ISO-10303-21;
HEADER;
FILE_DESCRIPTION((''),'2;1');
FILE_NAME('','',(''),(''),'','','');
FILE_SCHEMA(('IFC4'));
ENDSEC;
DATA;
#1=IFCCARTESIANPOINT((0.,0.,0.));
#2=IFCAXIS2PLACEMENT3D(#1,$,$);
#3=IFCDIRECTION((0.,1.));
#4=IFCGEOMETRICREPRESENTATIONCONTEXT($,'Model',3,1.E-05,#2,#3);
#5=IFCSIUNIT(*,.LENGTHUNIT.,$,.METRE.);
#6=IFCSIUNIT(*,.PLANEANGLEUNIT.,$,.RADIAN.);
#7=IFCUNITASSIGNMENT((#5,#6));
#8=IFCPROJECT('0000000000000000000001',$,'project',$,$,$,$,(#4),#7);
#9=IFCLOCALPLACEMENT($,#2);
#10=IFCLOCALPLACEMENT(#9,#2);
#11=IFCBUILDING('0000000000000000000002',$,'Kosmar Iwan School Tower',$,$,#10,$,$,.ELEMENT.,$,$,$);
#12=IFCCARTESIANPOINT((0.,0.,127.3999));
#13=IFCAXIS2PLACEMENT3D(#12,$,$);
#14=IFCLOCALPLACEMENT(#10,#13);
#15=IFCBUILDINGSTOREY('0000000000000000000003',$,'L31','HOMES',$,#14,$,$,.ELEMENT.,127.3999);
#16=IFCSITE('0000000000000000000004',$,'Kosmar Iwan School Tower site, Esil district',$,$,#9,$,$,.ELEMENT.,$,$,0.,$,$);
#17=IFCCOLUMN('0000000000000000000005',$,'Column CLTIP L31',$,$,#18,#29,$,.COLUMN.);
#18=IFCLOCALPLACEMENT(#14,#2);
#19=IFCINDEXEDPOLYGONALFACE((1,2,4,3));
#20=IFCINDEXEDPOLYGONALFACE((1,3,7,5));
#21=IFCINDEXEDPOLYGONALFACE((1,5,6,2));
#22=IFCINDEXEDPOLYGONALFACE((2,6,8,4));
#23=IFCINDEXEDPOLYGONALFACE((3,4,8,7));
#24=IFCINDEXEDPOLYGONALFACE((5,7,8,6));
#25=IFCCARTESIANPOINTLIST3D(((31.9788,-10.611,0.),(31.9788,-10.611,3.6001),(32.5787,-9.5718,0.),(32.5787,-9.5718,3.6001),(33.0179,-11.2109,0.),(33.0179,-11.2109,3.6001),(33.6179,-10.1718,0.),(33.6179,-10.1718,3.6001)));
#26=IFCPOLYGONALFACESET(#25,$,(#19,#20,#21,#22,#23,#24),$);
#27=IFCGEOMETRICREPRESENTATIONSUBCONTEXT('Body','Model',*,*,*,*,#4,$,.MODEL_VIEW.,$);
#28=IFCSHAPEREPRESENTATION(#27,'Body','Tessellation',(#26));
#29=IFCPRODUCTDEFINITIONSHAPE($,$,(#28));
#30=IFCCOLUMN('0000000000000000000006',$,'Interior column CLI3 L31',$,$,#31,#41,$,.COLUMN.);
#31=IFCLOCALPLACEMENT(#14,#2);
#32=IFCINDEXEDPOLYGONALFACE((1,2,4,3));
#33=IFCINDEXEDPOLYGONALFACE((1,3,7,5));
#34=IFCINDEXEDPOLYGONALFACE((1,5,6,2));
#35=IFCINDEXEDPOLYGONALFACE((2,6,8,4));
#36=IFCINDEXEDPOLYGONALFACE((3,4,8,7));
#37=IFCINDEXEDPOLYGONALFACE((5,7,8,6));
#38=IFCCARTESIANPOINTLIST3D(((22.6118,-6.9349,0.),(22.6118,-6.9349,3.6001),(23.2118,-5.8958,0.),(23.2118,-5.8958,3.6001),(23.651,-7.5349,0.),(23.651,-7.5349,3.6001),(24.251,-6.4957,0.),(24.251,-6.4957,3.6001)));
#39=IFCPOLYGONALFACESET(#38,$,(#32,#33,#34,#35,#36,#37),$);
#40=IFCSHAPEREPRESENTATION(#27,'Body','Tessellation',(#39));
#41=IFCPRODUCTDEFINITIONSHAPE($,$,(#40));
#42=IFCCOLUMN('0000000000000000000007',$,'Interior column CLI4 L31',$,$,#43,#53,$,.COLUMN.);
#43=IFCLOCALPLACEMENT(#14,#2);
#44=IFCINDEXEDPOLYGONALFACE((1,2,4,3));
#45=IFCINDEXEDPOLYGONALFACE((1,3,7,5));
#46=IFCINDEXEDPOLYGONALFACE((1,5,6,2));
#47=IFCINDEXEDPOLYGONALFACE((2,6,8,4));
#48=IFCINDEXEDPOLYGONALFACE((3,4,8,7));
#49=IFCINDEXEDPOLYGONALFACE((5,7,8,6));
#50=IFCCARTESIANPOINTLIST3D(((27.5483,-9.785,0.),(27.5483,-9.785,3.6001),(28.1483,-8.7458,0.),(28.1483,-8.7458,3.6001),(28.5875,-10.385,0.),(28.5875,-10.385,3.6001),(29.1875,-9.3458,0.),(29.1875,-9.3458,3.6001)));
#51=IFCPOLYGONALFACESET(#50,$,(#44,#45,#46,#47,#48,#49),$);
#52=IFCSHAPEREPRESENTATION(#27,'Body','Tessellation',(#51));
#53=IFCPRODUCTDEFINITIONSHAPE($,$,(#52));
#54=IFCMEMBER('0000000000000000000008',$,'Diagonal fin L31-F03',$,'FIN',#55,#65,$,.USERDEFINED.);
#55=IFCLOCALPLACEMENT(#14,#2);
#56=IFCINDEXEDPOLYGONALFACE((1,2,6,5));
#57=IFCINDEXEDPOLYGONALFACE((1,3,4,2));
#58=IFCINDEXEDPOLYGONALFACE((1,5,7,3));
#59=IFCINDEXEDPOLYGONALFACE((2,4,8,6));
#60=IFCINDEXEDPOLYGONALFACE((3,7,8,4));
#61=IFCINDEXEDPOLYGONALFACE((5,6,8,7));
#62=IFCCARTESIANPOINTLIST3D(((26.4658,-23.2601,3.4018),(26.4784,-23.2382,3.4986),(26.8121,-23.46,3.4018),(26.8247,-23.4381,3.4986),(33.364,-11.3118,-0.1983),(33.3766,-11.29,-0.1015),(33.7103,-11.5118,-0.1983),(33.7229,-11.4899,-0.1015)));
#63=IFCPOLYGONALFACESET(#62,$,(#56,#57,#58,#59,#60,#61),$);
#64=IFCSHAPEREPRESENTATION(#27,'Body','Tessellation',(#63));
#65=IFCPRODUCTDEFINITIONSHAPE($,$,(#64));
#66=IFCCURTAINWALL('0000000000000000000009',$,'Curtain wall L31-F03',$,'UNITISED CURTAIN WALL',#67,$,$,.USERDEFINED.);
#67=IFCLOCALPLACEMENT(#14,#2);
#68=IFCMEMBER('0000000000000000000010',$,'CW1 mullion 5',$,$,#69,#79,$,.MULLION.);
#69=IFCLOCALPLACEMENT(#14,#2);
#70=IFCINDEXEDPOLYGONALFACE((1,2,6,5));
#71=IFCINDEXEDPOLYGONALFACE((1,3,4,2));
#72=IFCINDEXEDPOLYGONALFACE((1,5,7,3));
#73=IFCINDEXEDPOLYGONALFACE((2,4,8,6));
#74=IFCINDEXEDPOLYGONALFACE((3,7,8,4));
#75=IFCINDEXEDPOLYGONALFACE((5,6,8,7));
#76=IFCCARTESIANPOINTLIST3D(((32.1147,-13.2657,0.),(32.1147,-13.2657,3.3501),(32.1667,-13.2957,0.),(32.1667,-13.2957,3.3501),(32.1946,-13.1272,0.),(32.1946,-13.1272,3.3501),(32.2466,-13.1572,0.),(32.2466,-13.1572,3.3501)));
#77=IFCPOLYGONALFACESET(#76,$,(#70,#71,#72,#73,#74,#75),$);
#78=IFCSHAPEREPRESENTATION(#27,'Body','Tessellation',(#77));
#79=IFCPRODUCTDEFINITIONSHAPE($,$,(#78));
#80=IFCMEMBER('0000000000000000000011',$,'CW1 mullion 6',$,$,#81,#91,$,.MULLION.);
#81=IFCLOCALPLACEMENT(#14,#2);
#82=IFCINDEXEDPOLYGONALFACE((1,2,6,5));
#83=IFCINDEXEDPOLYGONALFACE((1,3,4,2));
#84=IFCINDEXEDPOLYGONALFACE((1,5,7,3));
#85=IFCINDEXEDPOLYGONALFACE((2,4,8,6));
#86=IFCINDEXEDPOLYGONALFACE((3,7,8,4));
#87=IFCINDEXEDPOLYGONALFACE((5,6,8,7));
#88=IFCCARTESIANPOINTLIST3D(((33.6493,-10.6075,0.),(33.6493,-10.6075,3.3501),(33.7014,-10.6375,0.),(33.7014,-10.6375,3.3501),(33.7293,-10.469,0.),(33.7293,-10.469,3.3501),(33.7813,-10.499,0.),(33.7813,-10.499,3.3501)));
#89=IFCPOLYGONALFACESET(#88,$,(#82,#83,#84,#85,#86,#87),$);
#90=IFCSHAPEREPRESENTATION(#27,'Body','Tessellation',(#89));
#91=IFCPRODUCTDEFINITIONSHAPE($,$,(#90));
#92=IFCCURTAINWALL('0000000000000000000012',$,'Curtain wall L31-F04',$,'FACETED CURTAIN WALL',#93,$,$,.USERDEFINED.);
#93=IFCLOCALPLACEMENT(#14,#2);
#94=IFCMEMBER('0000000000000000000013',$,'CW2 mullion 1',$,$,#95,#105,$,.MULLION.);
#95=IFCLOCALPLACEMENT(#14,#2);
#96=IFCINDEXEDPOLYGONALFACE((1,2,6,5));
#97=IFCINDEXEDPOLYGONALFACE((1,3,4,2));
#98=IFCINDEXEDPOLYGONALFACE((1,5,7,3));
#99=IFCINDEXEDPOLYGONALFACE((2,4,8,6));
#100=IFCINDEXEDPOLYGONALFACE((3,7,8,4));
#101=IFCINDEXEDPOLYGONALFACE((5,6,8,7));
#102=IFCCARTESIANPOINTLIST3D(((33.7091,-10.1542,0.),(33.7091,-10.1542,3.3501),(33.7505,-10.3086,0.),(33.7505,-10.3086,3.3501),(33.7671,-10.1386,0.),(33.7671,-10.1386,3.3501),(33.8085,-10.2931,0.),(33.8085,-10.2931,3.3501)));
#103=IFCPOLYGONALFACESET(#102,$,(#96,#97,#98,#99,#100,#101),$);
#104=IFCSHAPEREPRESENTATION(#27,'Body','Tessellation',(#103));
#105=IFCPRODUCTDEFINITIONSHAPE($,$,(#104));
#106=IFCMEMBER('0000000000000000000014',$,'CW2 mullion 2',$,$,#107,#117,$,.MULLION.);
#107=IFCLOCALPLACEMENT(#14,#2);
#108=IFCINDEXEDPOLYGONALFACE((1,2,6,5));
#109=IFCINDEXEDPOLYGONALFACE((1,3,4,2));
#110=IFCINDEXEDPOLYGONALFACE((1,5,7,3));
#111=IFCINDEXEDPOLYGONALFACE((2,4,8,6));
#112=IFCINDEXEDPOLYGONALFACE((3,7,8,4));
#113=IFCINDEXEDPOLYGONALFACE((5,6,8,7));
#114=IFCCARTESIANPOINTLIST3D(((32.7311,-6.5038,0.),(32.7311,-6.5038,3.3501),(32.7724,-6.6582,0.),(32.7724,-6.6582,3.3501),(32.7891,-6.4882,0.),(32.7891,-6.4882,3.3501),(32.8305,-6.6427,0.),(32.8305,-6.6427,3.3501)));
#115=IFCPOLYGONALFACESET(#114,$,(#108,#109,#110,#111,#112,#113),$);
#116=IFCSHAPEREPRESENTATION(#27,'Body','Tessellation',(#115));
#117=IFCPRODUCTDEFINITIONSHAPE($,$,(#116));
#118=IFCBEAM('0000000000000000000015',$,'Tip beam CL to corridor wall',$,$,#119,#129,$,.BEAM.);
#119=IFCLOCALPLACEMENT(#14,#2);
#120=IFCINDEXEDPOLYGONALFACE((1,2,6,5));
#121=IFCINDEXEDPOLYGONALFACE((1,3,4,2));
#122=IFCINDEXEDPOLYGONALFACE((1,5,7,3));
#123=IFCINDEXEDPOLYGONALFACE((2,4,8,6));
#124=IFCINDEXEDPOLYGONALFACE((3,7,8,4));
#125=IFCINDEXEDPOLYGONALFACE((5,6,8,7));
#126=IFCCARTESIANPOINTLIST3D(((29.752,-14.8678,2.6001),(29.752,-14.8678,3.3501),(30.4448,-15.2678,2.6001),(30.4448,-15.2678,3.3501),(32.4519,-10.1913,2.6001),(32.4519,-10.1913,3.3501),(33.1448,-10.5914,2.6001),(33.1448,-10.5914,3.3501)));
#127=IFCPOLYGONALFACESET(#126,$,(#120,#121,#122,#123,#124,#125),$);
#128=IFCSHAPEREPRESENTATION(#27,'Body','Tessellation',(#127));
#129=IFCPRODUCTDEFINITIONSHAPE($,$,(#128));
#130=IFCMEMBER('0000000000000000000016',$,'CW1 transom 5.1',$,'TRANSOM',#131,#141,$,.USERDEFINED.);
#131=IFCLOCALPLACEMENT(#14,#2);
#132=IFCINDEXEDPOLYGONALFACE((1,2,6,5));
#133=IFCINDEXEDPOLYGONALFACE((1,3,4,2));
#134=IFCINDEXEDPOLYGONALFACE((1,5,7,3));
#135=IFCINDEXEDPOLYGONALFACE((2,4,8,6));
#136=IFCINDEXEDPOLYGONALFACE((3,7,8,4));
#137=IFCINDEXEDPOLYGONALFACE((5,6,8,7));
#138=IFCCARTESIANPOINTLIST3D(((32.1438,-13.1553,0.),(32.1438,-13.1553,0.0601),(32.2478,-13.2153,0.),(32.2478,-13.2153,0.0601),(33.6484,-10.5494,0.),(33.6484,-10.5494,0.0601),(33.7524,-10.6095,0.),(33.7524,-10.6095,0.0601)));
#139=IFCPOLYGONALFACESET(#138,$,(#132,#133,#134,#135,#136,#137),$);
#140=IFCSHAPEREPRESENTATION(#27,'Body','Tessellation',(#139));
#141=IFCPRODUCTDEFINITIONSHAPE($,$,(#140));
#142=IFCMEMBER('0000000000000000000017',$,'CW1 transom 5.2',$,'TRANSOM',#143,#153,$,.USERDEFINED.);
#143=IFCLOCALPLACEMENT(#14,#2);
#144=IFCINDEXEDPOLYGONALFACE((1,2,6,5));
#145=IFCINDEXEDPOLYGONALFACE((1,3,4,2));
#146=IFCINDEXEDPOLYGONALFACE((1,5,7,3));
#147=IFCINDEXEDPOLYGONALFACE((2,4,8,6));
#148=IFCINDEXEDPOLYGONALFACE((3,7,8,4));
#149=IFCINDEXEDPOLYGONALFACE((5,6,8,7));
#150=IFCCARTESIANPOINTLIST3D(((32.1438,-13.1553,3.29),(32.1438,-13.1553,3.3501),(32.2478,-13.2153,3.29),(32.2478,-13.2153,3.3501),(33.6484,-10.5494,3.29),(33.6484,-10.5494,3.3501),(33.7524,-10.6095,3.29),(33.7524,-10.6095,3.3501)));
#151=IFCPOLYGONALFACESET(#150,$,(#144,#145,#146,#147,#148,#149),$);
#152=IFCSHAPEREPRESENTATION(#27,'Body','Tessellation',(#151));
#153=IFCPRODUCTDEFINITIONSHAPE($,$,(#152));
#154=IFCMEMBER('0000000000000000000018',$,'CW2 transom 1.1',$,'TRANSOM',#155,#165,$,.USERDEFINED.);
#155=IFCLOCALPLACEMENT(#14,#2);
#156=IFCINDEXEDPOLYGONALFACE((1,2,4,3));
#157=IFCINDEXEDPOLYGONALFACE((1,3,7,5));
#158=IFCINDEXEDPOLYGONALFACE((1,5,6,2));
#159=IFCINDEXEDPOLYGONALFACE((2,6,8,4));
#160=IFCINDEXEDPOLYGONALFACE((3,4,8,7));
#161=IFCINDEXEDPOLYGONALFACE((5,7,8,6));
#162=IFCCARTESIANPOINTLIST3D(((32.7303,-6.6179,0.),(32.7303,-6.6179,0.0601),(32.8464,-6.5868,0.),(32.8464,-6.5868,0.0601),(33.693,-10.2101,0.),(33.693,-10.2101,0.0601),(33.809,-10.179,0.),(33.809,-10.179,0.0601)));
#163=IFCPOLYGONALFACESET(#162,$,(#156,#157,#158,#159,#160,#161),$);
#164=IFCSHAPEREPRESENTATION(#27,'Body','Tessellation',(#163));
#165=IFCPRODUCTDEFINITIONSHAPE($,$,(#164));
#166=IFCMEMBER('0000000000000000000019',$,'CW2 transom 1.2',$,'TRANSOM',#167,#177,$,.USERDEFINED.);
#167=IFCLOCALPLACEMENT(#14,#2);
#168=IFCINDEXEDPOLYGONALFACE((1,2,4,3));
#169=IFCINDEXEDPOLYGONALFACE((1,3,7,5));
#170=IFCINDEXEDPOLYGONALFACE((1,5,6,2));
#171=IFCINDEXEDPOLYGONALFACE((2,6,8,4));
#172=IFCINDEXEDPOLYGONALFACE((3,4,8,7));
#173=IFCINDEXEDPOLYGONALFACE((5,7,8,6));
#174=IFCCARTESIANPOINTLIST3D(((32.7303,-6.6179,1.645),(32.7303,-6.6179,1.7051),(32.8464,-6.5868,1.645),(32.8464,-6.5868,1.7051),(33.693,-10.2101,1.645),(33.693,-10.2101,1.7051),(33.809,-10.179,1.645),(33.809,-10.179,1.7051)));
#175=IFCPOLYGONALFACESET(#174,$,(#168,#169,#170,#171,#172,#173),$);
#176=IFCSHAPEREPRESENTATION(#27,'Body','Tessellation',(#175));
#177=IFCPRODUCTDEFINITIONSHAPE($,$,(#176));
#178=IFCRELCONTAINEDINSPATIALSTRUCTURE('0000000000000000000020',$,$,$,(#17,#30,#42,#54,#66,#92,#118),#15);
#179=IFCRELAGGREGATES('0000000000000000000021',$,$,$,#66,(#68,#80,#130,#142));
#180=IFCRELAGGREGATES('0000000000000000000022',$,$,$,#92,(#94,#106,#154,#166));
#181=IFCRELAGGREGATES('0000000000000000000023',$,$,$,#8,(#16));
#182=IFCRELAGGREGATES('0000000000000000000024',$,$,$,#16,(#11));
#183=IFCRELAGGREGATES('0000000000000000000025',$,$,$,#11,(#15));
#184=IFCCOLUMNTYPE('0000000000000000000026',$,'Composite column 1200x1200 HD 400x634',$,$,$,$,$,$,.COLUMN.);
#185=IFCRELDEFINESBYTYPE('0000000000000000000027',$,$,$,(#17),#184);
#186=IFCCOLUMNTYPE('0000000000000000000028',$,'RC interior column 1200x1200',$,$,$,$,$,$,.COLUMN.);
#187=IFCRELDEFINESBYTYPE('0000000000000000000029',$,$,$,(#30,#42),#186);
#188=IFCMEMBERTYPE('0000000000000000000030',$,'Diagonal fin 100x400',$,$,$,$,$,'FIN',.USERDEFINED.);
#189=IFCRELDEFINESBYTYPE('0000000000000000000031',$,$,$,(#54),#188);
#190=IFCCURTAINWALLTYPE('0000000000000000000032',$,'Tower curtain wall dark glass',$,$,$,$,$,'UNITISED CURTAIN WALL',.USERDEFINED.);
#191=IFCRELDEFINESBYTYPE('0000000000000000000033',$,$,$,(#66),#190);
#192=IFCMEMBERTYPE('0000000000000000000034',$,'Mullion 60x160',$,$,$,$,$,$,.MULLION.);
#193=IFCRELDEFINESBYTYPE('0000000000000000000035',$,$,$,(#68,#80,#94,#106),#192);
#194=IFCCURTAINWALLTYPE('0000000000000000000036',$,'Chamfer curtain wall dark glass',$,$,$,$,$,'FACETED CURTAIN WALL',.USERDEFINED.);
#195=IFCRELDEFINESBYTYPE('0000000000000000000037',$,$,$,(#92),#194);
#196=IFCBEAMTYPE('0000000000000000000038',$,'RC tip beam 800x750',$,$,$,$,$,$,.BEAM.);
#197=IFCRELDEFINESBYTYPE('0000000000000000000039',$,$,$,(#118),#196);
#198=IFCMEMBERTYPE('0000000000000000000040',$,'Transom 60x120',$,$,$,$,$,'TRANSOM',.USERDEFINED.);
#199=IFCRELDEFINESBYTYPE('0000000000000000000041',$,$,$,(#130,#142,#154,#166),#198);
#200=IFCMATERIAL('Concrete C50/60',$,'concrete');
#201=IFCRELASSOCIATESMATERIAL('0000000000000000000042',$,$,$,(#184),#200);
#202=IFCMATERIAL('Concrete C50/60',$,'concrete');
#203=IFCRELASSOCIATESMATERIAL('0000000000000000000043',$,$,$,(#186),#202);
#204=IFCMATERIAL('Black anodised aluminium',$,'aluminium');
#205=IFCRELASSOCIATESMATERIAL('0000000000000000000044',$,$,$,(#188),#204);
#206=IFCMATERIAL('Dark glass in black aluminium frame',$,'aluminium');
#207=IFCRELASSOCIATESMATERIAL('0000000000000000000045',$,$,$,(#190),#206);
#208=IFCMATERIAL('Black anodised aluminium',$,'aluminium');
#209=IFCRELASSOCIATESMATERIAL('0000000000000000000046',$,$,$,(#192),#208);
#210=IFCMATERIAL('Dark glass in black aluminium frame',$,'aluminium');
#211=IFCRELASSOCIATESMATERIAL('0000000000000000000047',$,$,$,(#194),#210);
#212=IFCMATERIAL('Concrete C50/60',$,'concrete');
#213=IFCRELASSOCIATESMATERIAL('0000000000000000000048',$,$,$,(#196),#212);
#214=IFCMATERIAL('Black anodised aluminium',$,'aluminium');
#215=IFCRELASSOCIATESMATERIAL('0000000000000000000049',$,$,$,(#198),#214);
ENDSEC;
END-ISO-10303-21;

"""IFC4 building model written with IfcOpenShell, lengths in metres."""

from ifc_helpers import new_model, si_unit, direction, frame, origin, origin_2d, place, context, subcontext, project, spatial, rectangle, extrude, material, material_profile, profile_set, type_object, element, aggregate, save


model = new_model("IFC4")

# Units and contexts
model_context = context("Model", 3, precision=1e-05, world=origin(), true_north=direction((0.0, 1.0)))
body_context = subcontext(model_context, "Body", "Model", "MODEL_VIEW")
ifc_project = project(units=[si_unit("LENGTHUNIT", "METRE"), si_unit("PLANEANGLEUNIT", "RADIAN")], contexts=[model_context])

# Site, building, storey
site_placement = place(None, origin())
site = spatial("IfcSite", under=ifc_project, at=site_placement, Name="Kosmar Iwan School Tower site, Esil district", CompositionType="ELEMENT", RefElevation=0.0)
building_placement = place(site_placement, origin())
building = spatial("IfcBuilding", under=site, at=building_placement, Name="Kosmar Iwan School Tower", CompositionType="ELEMENT")
storey_placement = place(building_placement, frame((0.0, 0.0, 127.3999)))
storey = spatial("IfcBuildingStorey", under=building, at=storey_placement, Name="L31", Description="HOMES", CompositionType="ELEMENT", Elevation=127.3999)

# Columns
ifc_material_1 = material(Name="Concrete C50/60", Category="concrete")
ifc_material_profile_1 = material_profile(ifc_material_1, rectangle(XDim=1.2, YDim=1.2, at=origin_2d()), Name="RC 1200x1200 + HD 400x634")
ifc_profile_set_1 = profile_set([ifc_material_profile_1], Name="Concrete C50/60")
column_type_1 = type_object("IfcColumnType", Name="Composite column 1200x1200 HD 400x634", PredefinedType="COLUMN", material=ifc_profile_set_1)
column_placement = place(storey_placement, frame((32.7983, -10.3914, 0.0), z_axis=(0.0, 0.0, 1.0), x_axis=(0.866025, -0.5, 0.0)))
element("IfcColumn", 1, at=column_placement, inside=storey, type_object=column_type_1, Name="Column CLTIP L31", PredefinedType="COLUMN", context=body_context, shape_type="SweptSolid", body=[
    extrude(rectangle(XDim=1.2, YDim=1.2, at=origin_2d()), origin(), (0.0, 0.0, 1.0), 3.6001),
])
ifc_material_2 = material(Name="Concrete C50/60", Category="concrete")
ifc_material_profile_2 = material_profile(ifc_material_2, rectangle(XDim=1.2, YDim=1.2, at=origin_2d()), Name="RC 1200x1200")
ifc_profile_set_2 = profile_set([ifc_material_profile_2], Name="Concrete C50/60")
column_type_2 = type_object("IfcColumnType", Name="RC interior column 1200x1200", PredefinedType="COLUMN", material=ifc_profile_set_2)
for number, where, z_axis, x_axis, name in (
    (2, (23.4314, -6.7153, 0.0), (0.0, 0.0, 1.0), (0.866025, -0.5, 0.0), "Interior column CLI3 L31"),
    (3, (28.3679, -9.5654, 0.0), (0.0, 0.0, 1.0), (0.866025, -0.5, 0.0), "Interior column CLI4 L31"),
):
    element("IfcColumn", number, at=place(storey_placement, frame(where, z_axis=z_axis, x_axis=x_axis)), inside=storey, type_object=column_type_2, Name=name, PredefinedType="COLUMN", context=body_context, shape_type="SweptSolid", body=[
        extrude(rectangle(XDim=1.2, YDim=1.2, at=origin_2d()), origin(), (0.0, 0.0, 1.0), 3.6001),
    ])

# Member
ifc_material_3 = material(Name="Black anodised aluminium", Category="aluminium")
ifc_material_profile_3 = material_profile(ifc_material_3, rectangle(XDim=0.1001, YDim=0.3999, at=origin_2d()), Name="FIN 100x400")
ifc_profile_set_3 = profile_set([ifc_material_profile_3], Name="Black anodised aluminium")
member_type_1 = type_object("IfcMemberType", Name="Diagonal fin 100x400", ElementType="FIN", PredefinedType="USERDEFINED", material=ifc_profile_set_3)
member_1_placement = place(storey_placement, frame((33.5435, -11.4009, -0.1499), z_axis=(-0.483793, -0.83797, 0.252487), x_axis=(0.126242, 0.218661, 0.9676)))
element("IfcMember", 4, at=member_1_placement, inside=storey, type_object=member_type_1, Name="Diagonal fin L31-F03", ObjectType="FIN", PredefinedType="USERDEFINED", context=body_context, shape_type="SweptSolid", body=[
    extrude(rectangle(XDim=0.1001, YDim=0.3999, at=origin_2d()), origin(), (0.0, 0.0, 1.0), 14.2585),
])

# Curtain walls, members
ifc_material_4 = material(Name="Dark glass in black aluminium frame", Category="aluminium")
curtain_wall_type_1 = type_object("IfcCurtainWallType", Name="Tower curtain wall dark glass", ElementType="UNITISED CURTAIN WALL", PredefinedType="USERDEFINED", material=ifc_material_4)
curtain_wall_1_placement = place(storey_placement, origin())
curtain_wall_1 = element("IfcCurtainWall", 5, at=curtain_wall_1_placement, inside=storey, type_object=curtain_wall_type_1, Name="Curtain wall L31-F03", ObjectType="UNITISED CURTAIN WALL", PredefinedType="USERDEFINED")
ifc_material_5 = material(Name="Black anodised aluminium", Category="aluminium")
ifc_material_profile_4 = material_profile(ifc_material_5, rectangle(XDim=0.0601, YDim=0.1599, at=origin_2d()), Name="MULLION 60x160")
ifc_profile_set_4 = profile_set([ifc_material_profile_4], Name="Black anodised aluminium")
member_type_2 = type_object("IfcMemberType", Name="Mullion 60x160", PredefinedType="MULLION", material=ifc_profile_set_4)
member_2_placement = place(storey_placement, frame((32.1807, -13.2114, 0.0), z_axis=(0.0, 0.0, 1.0), x_axis=(-0.866025, 0.5, 0.0)))
member_2 = element("IfcMember", 6, at=member_2_placement, type_object=member_type_2, Name="CW1 mullion 5", PredefinedType="MULLION", context=body_context, shape_type="SweptSolid", body=[
    extrude(rectangle(XDim=0.0601, YDim=0.1599, at=origin_2d()), origin(), (0.0, 0.0, 1.0), 3.3501),
])
member_3_placement = place(storey_placement, frame((33.7153, -10.5532, 0.0), z_axis=(0.0, 0.0, 1.0), x_axis=(-0.866025, 0.5, 0.0)))
member_3 = element("IfcMember", 7, at=member_3_placement, type_object=member_type_2, Name="CW1 mullion 6", PredefinedType="MULLION", context=body_context, shape_type="SweptSolid", body=[
    extrude(rectangle(XDim=0.0601, YDim=0.1599, at=origin_2d()), origin(), (0.0, 0.0, 1.0), 3.3501),
])
ifc_material_6 = material(Name="Dark glass in black aluminium frame", Category="aluminium")
curtain_wall_type_2 = type_object("IfcCurtainWallType", Name="Chamfer curtain wall dark glass", ElementType="FACETED CURTAIN WALL", PredefinedType="USERDEFINED", material=ifc_material_6)
curtain_wall_2_placement = place(storey_placement, origin())
curtain_wall_2 = element("IfcCurtainWall", 8, at=curtain_wall_2_placement, inside=storey, type_object=curtain_wall_type_2, Name="Curtain wall L31-F04", ObjectType="FACETED CURTAIN WALL", PredefinedType="USERDEFINED")
member_4_placement = place(storey_placement, frame((33.7588, -10.2236, 0.0), z_axis=(0.0, 0.0, 1.0), x_axis=(-0.965926, -0.258819, 0.0)))
member_4 = element("IfcMember", 9, at=member_4_placement, type_object=member_type_2, Name="CW2 mullion 1", PredefinedType="MULLION", context=body_context, shape_type="SweptSolid", body=[
    extrude(rectangle(XDim=0.0601, YDim=0.1599, at=origin_2d()), origin(), (0.0, 0.0, 1.0), 3.3501),
])
member_5_placement = place(storey_placement, frame((32.7808, -6.5732, 0.0), z_axis=(0.0, 0.0, 1.0), x_axis=(-0.965926, -0.258819, 0.0)))
member_5 = element("IfcMember", 10, at=member_5_placement, type_object=member_type_2, Name="CW2 mullion 2", PredefinedType="MULLION", context=body_context, shape_type="SweptSolid", body=[
    extrude(rectangle(XDim=0.0601, YDim=0.1599, at=origin_2d()), origin(), (0.0, 0.0, 1.0), 3.3501),
])

# Beam
ifc_material_7 = material(Name="Concrete C50/60", Category="concrete")
ifc_material_profile_5 = material_profile(ifc_material_7, rectangle(XDim=0.8, YDim=0.75, at=origin_2d()), Name="RC 800x750")
ifc_profile_set_5 = profile_set([ifc_material_profile_5], Name="Concrete C50/60")
beam_type = type_object("IfcBeamType", Name="RC tip beam 800x750", PredefinedType="BEAM", material=ifc_profile_set_5)
beam_placement = place(storey_placement, frame((32.7983, -10.3914, 2.9751), z_axis=(-0.499995, -0.866028, 0.0), x_axis=(0.866028, -0.499995, 0.0)))
element("IfcBeam", 11, at=beam_placement, inside=storey, type_object=beam_type, Name="Tip beam CL to corridor wall", PredefinedType="BEAM", context=body_context, shape_type="SweptSolid", body=[
    extrude(rectangle(XDim=0.8, YDim=0.75, at=origin_2d()), origin(), (0.0, 0.0, 1.0), 5.3999),
])

# Members
ifc_material_8 = material(Name="Black anodised aluminium", Category="aluminium")
ifc_material_profile_6 = material_profile(ifc_material_8, rectangle(XDim=0.1201, YDim=0.0601, at=origin_2d()), Name="TRANSOM 60x120")
ifc_profile_set_6 = profile_set([ifc_material_profile_6], Name="Black anodised aluminium")
member_type_3 = type_object("IfcMemberType", Name="Transom 60x120", ElementType="TRANSOM", PredefinedType="USERDEFINED", material=ifc_profile_set_6)
member_6_placement = place(storey_placement, frame((32.1958, -13.1853, 0.03), z_axis=(0.500022, 0.866013, 0.0), x_axis=(-0.866013, 0.500022, 0.0)))
member_6 = element("IfcMember", 12, at=member_6_placement, type_object=member_type_3, Name="CW1 transom 5.1", ObjectType="TRANSOM", PredefinedType="USERDEFINED", context=body_context, shape_type="SweptSolid", body=[
    extrude(rectangle(XDim=0.1201, YDim=0.0601, at=origin_2d()), origin(), (0.0, 0.0, 1.0), 3.009),
])
member_7_placement = place(storey_placement, frame((32.1958, -13.1853, 3.3201), z_axis=(0.500022, 0.866013, 0.0), x_axis=(-0.866013, 0.500022, 0.0)))
member_7 = element("IfcMember", 13, at=member_7_placement, type_object=member_type_3, Name="CW1 transom 5.2", ObjectType="TRANSOM", PredefinedType="USERDEFINED", context=body_context, shape_type="SweptSolid", body=[
    extrude(rectangle(XDim=0.1201, YDim=0.0601, at=origin_2d()), origin(), (0.0, 0.0, 1.0), 3.009),
])
member_8_placement = place(storey_placement, frame((33.751, -10.1946, 0.03), z_axis=(-0.258843, 0.965919, 0.0), x_axis=(-0.965919, -0.258843, 0.0)))
member_8 = element("IfcMember", 14, at=member_8_placement, type_object=member_type_3, Name="CW2 transom 1.1", ObjectType="TRANSOM", PredefinedType="USERDEFINED", context=body_context, shape_type="SweptSolid", body=[
    extrude(rectangle(XDim=0.1201, YDim=0.0601, at=origin_2d()), origin(), (0.0, 0.0, 1.0), 3.719),
])
member_9_placement = place(storey_placement, frame((33.751, -10.1946, 1.675), z_axis=(-0.258843, 0.965919, 0.0), x_axis=(-0.965919, -0.258843, 0.0)))
member_9 = element("IfcMember", 15, at=member_9_placement, type_object=member_type_3, Name="CW2 transom 1.2", ObjectType="TRANSOM", PredefinedType="USERDEFINED", context=body_context, shape_type="SweptSolid", body=[
    extrude(rectangle(XDim=0.1201, YDim=0.0601, at=origin_2d()), origin(), (0.0, 0.0, 1.0), 3.719),
])

aggregate(curtain_wall_1, [member_2, member_3, member_6, member_7])
aggregate(curtain_wall_2, [member_4, member_5, member_8, member_9])

save(model, "model.ifc")
